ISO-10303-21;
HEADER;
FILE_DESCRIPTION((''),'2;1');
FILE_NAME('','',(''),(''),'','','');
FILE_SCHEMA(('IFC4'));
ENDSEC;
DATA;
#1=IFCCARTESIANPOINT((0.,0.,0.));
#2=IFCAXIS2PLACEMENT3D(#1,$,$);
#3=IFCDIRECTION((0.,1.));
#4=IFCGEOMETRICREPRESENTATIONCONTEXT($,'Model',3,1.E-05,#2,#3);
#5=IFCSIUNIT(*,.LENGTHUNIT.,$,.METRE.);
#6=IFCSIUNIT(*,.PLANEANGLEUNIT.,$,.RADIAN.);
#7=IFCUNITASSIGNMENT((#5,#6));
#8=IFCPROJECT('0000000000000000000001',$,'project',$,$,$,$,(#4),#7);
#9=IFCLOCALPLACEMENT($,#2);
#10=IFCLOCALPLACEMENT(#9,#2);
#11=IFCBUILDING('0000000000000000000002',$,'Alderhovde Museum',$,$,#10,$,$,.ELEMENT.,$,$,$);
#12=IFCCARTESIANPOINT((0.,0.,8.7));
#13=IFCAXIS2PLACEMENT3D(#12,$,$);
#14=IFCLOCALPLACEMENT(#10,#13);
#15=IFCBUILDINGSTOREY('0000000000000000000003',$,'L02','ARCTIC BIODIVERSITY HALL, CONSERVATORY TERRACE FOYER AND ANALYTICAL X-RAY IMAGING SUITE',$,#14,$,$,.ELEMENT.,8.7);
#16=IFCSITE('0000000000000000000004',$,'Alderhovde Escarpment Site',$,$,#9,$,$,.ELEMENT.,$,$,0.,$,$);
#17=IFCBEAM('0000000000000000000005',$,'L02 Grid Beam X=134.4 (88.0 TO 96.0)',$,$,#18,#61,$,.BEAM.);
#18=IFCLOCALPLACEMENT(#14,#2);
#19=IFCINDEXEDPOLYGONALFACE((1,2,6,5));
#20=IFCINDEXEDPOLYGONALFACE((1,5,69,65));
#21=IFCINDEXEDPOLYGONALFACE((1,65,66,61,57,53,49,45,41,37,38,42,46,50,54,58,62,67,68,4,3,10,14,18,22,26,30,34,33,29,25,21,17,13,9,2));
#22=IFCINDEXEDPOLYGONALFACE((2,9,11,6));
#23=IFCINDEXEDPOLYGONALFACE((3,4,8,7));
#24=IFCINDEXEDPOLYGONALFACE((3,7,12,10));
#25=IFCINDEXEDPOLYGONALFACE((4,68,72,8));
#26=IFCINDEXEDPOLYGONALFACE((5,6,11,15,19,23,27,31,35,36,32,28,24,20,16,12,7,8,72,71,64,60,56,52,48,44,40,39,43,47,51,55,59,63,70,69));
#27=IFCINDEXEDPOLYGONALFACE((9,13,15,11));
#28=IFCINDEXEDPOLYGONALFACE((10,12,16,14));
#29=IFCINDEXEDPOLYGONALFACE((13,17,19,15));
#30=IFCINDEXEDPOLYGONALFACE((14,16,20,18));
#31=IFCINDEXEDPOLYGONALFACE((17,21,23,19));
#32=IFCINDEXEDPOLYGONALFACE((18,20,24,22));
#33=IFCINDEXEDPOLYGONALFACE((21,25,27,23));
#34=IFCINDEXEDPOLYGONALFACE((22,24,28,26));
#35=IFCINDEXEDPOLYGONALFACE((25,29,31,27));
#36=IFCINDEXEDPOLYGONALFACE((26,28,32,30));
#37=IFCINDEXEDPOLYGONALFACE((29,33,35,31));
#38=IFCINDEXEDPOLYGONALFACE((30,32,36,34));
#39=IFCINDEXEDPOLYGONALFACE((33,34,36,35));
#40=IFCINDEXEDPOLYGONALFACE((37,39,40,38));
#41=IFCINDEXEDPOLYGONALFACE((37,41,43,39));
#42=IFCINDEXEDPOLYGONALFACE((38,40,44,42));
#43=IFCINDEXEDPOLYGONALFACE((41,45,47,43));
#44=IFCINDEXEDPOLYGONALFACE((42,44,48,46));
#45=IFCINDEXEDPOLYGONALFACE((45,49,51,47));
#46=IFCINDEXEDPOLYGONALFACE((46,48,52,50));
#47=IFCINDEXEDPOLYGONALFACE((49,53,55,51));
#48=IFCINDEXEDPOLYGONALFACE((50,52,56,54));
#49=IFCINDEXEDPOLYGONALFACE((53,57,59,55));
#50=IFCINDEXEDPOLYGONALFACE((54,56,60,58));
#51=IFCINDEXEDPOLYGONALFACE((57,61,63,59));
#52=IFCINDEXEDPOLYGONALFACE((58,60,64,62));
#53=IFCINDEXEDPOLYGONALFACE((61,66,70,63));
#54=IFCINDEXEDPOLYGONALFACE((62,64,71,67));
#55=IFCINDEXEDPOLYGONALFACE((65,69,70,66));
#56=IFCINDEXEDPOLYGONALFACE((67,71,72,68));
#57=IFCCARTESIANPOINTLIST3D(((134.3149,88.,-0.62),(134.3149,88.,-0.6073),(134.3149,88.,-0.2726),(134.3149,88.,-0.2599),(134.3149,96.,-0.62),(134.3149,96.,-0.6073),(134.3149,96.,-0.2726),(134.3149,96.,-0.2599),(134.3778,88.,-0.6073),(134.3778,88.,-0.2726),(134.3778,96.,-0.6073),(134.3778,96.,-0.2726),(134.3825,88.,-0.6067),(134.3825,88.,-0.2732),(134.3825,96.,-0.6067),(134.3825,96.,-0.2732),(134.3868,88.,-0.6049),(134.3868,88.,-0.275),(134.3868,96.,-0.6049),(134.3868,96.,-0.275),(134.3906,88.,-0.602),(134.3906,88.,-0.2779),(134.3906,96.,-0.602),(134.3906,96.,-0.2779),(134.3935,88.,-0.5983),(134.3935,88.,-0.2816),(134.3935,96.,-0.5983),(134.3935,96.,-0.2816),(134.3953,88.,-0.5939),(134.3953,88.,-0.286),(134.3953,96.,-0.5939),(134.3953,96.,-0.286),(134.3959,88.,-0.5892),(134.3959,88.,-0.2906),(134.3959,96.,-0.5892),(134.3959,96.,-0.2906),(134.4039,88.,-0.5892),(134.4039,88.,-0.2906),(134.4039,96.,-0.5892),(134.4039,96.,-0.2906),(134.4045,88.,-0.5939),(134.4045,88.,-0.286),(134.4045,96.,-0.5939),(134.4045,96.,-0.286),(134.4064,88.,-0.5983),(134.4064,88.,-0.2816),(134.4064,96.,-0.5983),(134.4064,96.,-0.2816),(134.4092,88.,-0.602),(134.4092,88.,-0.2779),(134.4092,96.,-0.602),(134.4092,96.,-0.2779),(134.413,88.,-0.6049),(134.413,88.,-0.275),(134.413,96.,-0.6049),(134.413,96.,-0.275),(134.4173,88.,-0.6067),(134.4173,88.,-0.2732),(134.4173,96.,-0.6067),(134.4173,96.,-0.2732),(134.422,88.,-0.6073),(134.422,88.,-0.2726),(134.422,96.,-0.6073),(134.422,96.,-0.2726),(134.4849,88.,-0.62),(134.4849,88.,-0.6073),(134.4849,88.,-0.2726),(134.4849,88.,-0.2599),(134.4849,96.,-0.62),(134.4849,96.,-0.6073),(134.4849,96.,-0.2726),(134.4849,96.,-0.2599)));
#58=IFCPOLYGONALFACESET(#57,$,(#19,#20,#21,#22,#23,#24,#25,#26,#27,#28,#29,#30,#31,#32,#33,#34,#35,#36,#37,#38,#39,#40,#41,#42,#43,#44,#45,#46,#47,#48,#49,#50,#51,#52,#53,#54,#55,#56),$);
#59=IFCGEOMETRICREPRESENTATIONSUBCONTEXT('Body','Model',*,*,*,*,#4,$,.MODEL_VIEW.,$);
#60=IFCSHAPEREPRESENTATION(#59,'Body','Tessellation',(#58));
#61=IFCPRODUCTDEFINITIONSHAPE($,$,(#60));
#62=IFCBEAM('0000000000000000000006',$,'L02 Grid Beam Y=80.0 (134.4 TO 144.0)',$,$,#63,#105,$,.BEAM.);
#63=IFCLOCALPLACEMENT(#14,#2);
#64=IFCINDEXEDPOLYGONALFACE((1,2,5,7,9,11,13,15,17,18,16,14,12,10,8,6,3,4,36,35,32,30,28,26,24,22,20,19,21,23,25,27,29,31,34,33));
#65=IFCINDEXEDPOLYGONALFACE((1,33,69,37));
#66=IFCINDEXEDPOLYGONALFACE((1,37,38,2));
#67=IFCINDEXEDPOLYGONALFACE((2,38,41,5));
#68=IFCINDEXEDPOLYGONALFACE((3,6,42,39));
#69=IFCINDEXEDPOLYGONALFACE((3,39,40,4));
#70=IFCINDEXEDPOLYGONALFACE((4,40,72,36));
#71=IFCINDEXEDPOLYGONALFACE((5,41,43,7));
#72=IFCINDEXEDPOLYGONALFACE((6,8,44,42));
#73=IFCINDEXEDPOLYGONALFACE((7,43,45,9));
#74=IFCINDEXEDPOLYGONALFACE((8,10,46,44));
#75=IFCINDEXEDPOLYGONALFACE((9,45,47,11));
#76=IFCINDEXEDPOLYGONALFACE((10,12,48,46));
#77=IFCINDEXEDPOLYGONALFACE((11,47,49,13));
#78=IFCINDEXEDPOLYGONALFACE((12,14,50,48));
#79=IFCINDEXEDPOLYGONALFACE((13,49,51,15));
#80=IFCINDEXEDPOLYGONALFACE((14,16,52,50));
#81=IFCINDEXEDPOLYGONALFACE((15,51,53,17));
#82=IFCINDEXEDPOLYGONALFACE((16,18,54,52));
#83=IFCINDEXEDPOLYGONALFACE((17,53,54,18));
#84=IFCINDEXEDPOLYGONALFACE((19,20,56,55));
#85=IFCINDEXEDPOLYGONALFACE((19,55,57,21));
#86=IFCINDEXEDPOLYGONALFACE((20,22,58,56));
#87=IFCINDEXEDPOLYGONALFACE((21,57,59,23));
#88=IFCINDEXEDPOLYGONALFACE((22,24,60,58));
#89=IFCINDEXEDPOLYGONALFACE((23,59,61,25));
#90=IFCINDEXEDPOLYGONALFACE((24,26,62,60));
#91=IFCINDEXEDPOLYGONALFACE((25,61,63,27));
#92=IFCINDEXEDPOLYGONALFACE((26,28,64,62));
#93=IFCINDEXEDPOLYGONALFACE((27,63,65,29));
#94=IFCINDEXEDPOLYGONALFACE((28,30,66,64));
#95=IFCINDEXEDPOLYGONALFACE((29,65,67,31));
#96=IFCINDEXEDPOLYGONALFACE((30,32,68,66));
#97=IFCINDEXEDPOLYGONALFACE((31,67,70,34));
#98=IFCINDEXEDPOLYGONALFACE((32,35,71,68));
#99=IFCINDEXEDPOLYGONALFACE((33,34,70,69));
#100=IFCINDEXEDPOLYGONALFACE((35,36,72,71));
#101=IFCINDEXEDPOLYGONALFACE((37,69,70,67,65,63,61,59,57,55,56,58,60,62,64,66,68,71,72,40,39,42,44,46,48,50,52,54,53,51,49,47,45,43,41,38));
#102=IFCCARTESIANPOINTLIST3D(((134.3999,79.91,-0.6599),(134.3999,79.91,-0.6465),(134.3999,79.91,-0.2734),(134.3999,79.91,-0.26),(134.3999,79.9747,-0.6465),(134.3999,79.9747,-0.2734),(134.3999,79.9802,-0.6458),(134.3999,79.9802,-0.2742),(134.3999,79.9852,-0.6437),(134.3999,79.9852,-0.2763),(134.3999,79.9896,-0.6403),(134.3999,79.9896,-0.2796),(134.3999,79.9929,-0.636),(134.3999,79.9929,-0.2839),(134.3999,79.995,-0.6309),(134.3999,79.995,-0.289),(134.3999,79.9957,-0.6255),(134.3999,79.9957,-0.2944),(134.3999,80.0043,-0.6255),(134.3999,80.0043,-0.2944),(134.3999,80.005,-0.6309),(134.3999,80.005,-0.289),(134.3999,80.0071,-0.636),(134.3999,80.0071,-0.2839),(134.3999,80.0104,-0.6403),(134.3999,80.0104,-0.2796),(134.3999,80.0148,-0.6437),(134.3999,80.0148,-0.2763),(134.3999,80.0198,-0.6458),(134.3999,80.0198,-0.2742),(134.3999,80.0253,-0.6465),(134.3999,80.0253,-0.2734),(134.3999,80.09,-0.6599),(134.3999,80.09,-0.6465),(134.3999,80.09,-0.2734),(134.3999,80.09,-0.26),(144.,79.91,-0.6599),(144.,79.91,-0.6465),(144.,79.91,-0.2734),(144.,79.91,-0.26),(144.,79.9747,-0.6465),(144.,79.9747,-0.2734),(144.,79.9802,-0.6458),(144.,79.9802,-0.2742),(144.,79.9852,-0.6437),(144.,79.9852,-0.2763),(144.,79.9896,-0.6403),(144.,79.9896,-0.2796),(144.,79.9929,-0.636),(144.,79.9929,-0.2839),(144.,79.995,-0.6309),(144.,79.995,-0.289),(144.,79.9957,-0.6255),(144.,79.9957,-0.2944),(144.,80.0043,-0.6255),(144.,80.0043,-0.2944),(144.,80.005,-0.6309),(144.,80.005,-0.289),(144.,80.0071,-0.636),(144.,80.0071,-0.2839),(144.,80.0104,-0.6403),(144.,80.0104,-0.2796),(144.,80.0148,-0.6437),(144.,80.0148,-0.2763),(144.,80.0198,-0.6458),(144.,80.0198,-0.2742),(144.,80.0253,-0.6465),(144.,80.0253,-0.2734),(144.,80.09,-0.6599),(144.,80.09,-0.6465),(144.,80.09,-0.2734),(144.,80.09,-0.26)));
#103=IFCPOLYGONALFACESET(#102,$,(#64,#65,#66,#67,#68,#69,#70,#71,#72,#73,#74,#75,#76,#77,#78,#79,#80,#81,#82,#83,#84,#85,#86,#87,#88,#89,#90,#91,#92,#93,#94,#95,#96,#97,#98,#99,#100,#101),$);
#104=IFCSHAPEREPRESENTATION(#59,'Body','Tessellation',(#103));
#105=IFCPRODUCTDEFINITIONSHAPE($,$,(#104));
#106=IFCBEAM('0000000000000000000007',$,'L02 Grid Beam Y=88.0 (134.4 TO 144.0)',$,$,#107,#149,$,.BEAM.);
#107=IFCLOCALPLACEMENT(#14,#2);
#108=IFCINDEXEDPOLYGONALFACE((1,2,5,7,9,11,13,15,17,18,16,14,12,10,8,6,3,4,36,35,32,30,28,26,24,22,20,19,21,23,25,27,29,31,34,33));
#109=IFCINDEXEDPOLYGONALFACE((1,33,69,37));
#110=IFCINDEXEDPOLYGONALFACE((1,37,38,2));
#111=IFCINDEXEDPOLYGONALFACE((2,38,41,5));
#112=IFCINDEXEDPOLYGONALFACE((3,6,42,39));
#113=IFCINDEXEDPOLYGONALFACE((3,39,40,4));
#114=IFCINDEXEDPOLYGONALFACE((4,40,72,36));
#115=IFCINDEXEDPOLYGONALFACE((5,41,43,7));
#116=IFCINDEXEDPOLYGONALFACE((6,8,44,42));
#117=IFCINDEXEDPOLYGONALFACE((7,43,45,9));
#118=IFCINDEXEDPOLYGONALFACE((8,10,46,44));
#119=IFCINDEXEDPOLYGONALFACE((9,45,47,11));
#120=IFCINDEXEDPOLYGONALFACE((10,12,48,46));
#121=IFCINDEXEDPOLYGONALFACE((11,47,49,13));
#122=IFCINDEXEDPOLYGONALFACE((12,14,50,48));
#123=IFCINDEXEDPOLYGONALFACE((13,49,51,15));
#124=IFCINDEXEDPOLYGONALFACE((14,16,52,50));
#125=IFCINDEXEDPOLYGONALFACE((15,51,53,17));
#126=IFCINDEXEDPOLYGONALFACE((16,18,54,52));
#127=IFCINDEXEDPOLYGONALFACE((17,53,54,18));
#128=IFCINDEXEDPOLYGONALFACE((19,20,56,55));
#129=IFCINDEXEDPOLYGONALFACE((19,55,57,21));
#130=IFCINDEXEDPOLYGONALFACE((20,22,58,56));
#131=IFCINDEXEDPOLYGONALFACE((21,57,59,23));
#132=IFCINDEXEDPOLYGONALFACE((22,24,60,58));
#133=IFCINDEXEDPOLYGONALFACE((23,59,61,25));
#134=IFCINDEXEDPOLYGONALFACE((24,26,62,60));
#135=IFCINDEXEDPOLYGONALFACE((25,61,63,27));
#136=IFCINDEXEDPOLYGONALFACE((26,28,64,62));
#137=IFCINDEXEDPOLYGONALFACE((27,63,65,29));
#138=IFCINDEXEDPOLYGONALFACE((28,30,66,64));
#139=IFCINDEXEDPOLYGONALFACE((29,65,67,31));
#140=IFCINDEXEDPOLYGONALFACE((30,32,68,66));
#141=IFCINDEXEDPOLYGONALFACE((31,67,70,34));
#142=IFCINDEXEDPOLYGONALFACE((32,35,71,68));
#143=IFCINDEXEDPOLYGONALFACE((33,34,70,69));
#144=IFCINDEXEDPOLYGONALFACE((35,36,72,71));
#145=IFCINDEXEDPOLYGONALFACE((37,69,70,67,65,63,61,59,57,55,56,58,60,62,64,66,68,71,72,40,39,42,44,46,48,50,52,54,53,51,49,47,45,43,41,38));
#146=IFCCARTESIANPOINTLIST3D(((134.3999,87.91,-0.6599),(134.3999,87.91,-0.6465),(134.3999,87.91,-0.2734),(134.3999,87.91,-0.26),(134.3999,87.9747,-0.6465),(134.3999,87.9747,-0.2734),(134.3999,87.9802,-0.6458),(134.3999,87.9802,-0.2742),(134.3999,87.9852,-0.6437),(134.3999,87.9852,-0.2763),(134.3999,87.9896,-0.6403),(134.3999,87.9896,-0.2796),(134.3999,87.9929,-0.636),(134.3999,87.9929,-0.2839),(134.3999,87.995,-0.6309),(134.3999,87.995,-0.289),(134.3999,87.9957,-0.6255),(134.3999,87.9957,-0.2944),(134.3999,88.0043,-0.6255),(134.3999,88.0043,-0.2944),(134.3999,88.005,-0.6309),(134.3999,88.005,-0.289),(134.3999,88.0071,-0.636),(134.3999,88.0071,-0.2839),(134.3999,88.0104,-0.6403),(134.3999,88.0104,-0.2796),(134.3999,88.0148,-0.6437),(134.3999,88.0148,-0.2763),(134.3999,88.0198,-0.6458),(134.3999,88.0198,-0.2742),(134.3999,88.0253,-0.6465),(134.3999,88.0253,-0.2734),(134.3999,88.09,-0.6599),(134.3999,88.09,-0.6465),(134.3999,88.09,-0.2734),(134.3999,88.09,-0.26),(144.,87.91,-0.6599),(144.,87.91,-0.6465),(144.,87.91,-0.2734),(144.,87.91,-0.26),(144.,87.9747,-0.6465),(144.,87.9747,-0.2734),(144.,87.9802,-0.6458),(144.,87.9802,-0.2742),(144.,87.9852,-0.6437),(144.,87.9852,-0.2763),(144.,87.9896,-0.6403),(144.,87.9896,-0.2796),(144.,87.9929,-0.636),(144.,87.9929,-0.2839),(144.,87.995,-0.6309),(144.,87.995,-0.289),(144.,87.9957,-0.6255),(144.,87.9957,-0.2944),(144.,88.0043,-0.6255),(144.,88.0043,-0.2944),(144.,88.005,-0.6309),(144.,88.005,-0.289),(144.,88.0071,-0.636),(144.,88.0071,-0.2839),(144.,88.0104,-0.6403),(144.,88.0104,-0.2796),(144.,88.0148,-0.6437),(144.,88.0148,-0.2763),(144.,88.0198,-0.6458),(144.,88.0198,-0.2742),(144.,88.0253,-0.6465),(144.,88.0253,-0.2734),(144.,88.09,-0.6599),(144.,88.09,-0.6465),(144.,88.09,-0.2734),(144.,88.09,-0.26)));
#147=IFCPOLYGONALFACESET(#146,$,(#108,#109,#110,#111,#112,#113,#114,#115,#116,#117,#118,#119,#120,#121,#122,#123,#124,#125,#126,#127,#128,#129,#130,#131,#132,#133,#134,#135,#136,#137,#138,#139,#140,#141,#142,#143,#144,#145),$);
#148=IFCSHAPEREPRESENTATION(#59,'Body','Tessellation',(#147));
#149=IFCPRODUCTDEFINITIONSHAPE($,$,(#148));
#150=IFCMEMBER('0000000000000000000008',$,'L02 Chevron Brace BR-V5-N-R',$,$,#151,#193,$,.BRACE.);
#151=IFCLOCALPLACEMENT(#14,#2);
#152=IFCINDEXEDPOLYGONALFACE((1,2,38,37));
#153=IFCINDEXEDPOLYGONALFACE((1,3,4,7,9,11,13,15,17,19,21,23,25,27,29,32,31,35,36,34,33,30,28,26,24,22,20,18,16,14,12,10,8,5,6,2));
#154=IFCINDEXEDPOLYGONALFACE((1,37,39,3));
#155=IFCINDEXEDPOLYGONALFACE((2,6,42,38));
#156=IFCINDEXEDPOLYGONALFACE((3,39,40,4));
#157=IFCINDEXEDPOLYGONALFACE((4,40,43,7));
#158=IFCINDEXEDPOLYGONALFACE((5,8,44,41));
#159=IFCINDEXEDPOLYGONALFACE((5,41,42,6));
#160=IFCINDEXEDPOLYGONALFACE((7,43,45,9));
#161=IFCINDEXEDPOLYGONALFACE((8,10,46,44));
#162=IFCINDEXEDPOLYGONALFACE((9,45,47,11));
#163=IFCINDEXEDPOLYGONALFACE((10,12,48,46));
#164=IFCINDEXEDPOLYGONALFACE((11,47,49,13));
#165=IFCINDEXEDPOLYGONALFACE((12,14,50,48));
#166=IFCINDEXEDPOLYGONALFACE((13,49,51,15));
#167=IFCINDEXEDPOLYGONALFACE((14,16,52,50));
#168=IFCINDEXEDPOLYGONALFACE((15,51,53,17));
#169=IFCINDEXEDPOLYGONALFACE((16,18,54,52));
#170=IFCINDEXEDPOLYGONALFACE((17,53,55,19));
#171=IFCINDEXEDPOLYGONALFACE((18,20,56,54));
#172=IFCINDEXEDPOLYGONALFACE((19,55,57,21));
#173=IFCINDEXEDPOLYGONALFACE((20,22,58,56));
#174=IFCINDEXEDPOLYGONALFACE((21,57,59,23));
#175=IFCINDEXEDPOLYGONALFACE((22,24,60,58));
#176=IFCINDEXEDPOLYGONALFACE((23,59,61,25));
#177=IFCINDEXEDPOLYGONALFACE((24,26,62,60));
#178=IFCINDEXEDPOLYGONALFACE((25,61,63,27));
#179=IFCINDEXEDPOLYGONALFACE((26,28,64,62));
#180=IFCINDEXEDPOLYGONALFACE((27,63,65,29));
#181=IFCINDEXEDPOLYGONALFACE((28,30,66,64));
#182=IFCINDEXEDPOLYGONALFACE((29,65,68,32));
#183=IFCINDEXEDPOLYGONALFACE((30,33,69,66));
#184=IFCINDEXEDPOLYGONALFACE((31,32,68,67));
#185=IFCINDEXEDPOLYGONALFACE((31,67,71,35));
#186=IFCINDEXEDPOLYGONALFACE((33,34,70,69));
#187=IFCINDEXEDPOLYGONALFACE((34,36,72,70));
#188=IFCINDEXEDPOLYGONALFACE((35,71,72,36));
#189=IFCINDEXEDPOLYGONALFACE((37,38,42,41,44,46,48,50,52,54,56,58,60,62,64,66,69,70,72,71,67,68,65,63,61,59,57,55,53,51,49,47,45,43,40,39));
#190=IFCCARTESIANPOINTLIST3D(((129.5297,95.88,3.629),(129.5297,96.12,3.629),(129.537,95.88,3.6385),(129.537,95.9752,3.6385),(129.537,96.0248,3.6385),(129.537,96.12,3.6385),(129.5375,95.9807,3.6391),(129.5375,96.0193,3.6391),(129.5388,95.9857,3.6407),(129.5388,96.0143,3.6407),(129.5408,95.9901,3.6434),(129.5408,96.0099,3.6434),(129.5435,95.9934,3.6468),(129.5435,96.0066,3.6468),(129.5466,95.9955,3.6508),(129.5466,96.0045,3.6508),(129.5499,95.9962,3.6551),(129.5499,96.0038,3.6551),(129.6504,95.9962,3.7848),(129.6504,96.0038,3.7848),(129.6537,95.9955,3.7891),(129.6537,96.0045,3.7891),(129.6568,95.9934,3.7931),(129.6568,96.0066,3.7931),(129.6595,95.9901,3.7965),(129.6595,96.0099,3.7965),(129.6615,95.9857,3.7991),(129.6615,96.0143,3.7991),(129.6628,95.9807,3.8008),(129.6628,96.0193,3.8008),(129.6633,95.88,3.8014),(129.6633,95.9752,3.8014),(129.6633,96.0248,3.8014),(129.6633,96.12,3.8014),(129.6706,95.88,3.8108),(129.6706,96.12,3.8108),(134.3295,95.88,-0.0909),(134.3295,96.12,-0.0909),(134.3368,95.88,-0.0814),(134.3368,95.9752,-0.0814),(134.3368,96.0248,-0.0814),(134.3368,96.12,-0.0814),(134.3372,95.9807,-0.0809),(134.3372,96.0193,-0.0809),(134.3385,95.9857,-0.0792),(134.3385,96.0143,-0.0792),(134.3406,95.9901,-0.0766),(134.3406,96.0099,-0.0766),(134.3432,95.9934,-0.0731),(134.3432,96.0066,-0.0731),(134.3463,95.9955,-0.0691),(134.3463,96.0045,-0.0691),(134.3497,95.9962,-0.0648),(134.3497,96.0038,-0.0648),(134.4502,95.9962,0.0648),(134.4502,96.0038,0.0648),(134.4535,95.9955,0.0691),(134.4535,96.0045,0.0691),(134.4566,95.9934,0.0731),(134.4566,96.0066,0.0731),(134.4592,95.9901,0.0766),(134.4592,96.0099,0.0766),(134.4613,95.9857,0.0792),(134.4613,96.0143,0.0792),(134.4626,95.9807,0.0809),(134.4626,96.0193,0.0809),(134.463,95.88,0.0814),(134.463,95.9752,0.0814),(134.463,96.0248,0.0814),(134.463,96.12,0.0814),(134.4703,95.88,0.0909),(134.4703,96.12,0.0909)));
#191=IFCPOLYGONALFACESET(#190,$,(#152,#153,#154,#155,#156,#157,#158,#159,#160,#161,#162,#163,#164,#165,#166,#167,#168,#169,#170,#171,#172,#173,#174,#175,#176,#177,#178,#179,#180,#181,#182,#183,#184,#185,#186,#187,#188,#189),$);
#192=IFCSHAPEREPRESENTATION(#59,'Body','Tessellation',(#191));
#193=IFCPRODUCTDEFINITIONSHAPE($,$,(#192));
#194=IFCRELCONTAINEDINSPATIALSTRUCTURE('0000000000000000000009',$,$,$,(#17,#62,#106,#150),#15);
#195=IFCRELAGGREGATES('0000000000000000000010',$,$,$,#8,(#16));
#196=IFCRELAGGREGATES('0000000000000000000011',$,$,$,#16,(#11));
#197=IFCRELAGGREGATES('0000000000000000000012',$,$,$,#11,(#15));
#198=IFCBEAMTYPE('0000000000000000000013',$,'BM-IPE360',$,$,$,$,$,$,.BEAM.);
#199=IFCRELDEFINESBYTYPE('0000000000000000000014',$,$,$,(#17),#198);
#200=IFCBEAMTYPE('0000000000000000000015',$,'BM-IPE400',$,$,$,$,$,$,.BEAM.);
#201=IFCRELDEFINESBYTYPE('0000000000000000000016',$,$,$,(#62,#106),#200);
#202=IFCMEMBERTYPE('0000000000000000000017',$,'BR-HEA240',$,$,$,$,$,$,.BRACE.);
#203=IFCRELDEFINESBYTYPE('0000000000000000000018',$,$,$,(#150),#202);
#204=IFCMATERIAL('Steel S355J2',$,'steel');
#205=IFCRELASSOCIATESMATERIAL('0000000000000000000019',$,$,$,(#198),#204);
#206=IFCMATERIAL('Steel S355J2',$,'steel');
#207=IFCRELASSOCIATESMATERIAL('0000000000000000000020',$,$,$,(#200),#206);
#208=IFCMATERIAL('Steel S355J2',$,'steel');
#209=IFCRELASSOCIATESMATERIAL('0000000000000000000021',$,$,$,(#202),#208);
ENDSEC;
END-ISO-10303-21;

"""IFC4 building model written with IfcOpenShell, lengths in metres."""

from ifc_helpers import new_model, si_unit, direction, frame, origin, origin_2d, place, context, subcontext, project, spatial, i_section, extrude, material, material_profile, profile_set, type_object, element, save


model = new_model("IFC4")

# Units and contexts
model_context = context("Model", 3, precision=1e-05, world=origin(), true_north=direction((0.0, 1.0)))
body_context = subcontext(model_context, "Body", "Model", "MODEL_VIEW")
ifc_project = project(units=[si_unit("LENGTHUNIT", "METRE"), si_unit("PLANEANGLEUNIT", "RADIAN")], contexts=[model_context])

# Site, building, storey
site_placement = place(None, origin())
site = spatial("IfcSite", under=ifc_project, at=site_placement, Name="Alderhovde Escarpment Site", CompositionType="ELEMENT", RefElevation=0.0)
building_placement = place(site_placement, origin())
building = spatial("IfcBuilding", under=site, at=building_placement, Name="Alderhovde Museum", CompositionType="ELEMENT")
storey_placement = place(building_placement, frame((0.0, 0.0, 8.7)))
storey = spatial("IfcBuildingStorey", under=building, at=storey_placement, Name="L02", Description="ARCTIC BIODIVERSITY HALL, CONSERVATORY TERRACE FOYER AND ANALYTICAL X-RAY IMAGING SUITE", CompositionType="ELEMENT", Elevation=8.7)

# Beams
ifc_material_1 = material(Name="Steel S355J2", Category="steel")
ifc_material_profile_1 = material_profile(ifc_material_1, i_section(OverallWidth=0.1699, OverallDepth=0.3601, WebThickness=0.0081, FlangeThickness=0.0127, FilletRadius=0.0181, at=origin_2d()), Name="IPE 360")
ifc_profile_set_1 = profile_set([ifc_material_profile_1], Name="Steel S355J2")
beam_type_1 = type_object("IfcBeamType", Name="BM-IPE360", PredefinedType="BEAM", material=ifc_profile_set_1)
for number, where, z_axis, x_axis, name in (
    (1, (134.3999, 88.0, -0.4399), (0.0, 1.0, 0.0), (-1.0, 0.0, 0.0), "L02 Grid Beam X=134.4 (88.0 TO 96.0)"),
):
    element("IfcBeam", number, at=place(storey_placement, frame(where, z_axis=z_axis, x_axis=x_axis)), inside=storey, type_object=beam_type_1, Name=name, PredefinedType="BEAM", context=body_context, shape_type="SweptSolid", body=[
        extrude(i_section(OverallWidth=0.1699, OverallDepth=0.3601, WebThickness=0.0081, FlangeThickness=0.0127, FilletRadius=0.0181, at=origin_2d()), origin(), (0.0, 0.0, 1.0), 8.0),
    ])
ifc_material_2 = material(Name="Steel S355J2", Category="steel")
ifc_material_profile_2 = material_profile(ifc_material_2, i_section(OverallWidth=0.1799, OverallDepth=0.3999, WebThickness=0.0085, FlangeThickness=0.0134, FilletRadius=0.021, at=origin_2d()), Name="IPE 400")
ifc_profile_set_2 = profile_set([ifc_material_profile_2], Name="Steel S355J2")
beam_type_2 = type_object("IfcBeamType", Name="BM-IPE400", PredefinedType="BEAM", material=ifc_profile_set_2)
for number, where, z_axis, x_axis, name in (
    (2, (134.3999, 80.0, -0.46), (1.0, 0.0, 0.0), (0.0, 1.0, 0.0), "L02 Grid Beam Y=80.0 (134.4 TO 144.0)"),
    (3, (134.3999, 88.0, -0.46), (1.0, 0.0, 0.0), (0.0, 1.0, 0.0), "L02 Grid Beam Y=88.0 (134.4 TO 144.0)"),
):
    element("IfcBeam", number, at=place(storey_placement, frame(where, z_axis=z_axis, x_axis=x_axis)), inside=storey, type_object=beam_type_2, Name=name, PredefinedType="BEAM", context=body_context, shape_type="SweptSolid", body=[
        extrude(i_section(OverallWidth=0.1799, OverallDepth=0.3999, WebThickness=0.0085, FlangeThickness=0.0134, FilletRadius=0.021, at=origin_2d()), origin(), (0.0, 0.0, 1.0), 9.6001),
    ])

# Member
ifc_material_3 = material(Name="Steel S355J2", Category="steel")
ifc_material_profile_3 = material_profile(ifc_material_3, i_section(OverallWidth=0.24, OverallDepth=0.23, WebThickness=0.0076, FlangeThickness=0.012, FilletRadius=0.021, at=origin_2d()), Name="HEA 240")
ifc_profile_set_3 = profile_set([ifc_material_profile_3], Name="Steel S355J2")
member_type = type_object("IfcMemberType", Name="BR-HEA240", PredefinedType="BRACE", material=ifc_profile_set_3)
member_placement = place(storey_placement, frame((134.3999, 96.0, 0.0), z_axis=(-0.790405, 0.0, 0.612584), x_axis=(0.0, -1.0, 0.0)))
element("IfcMember", 4, at=member_placement, inside=storey, type_object=member_type, Name="L02 Chevron Brace BR-V5-N-R", PredefinedType="BRACE", context=body_context, shape_type="SweptSolid", body=[
    extrude(i_section(OverallWidth=0.24, OverallDepth=0.23, WebThickness=0.0076, FlangeThickness=0.012, FilletRadius=0.021, at=origin_2d()), origin(), (0.0, 0.0, 1.0), 6.0725),
])

save(model, "model.ifc")
